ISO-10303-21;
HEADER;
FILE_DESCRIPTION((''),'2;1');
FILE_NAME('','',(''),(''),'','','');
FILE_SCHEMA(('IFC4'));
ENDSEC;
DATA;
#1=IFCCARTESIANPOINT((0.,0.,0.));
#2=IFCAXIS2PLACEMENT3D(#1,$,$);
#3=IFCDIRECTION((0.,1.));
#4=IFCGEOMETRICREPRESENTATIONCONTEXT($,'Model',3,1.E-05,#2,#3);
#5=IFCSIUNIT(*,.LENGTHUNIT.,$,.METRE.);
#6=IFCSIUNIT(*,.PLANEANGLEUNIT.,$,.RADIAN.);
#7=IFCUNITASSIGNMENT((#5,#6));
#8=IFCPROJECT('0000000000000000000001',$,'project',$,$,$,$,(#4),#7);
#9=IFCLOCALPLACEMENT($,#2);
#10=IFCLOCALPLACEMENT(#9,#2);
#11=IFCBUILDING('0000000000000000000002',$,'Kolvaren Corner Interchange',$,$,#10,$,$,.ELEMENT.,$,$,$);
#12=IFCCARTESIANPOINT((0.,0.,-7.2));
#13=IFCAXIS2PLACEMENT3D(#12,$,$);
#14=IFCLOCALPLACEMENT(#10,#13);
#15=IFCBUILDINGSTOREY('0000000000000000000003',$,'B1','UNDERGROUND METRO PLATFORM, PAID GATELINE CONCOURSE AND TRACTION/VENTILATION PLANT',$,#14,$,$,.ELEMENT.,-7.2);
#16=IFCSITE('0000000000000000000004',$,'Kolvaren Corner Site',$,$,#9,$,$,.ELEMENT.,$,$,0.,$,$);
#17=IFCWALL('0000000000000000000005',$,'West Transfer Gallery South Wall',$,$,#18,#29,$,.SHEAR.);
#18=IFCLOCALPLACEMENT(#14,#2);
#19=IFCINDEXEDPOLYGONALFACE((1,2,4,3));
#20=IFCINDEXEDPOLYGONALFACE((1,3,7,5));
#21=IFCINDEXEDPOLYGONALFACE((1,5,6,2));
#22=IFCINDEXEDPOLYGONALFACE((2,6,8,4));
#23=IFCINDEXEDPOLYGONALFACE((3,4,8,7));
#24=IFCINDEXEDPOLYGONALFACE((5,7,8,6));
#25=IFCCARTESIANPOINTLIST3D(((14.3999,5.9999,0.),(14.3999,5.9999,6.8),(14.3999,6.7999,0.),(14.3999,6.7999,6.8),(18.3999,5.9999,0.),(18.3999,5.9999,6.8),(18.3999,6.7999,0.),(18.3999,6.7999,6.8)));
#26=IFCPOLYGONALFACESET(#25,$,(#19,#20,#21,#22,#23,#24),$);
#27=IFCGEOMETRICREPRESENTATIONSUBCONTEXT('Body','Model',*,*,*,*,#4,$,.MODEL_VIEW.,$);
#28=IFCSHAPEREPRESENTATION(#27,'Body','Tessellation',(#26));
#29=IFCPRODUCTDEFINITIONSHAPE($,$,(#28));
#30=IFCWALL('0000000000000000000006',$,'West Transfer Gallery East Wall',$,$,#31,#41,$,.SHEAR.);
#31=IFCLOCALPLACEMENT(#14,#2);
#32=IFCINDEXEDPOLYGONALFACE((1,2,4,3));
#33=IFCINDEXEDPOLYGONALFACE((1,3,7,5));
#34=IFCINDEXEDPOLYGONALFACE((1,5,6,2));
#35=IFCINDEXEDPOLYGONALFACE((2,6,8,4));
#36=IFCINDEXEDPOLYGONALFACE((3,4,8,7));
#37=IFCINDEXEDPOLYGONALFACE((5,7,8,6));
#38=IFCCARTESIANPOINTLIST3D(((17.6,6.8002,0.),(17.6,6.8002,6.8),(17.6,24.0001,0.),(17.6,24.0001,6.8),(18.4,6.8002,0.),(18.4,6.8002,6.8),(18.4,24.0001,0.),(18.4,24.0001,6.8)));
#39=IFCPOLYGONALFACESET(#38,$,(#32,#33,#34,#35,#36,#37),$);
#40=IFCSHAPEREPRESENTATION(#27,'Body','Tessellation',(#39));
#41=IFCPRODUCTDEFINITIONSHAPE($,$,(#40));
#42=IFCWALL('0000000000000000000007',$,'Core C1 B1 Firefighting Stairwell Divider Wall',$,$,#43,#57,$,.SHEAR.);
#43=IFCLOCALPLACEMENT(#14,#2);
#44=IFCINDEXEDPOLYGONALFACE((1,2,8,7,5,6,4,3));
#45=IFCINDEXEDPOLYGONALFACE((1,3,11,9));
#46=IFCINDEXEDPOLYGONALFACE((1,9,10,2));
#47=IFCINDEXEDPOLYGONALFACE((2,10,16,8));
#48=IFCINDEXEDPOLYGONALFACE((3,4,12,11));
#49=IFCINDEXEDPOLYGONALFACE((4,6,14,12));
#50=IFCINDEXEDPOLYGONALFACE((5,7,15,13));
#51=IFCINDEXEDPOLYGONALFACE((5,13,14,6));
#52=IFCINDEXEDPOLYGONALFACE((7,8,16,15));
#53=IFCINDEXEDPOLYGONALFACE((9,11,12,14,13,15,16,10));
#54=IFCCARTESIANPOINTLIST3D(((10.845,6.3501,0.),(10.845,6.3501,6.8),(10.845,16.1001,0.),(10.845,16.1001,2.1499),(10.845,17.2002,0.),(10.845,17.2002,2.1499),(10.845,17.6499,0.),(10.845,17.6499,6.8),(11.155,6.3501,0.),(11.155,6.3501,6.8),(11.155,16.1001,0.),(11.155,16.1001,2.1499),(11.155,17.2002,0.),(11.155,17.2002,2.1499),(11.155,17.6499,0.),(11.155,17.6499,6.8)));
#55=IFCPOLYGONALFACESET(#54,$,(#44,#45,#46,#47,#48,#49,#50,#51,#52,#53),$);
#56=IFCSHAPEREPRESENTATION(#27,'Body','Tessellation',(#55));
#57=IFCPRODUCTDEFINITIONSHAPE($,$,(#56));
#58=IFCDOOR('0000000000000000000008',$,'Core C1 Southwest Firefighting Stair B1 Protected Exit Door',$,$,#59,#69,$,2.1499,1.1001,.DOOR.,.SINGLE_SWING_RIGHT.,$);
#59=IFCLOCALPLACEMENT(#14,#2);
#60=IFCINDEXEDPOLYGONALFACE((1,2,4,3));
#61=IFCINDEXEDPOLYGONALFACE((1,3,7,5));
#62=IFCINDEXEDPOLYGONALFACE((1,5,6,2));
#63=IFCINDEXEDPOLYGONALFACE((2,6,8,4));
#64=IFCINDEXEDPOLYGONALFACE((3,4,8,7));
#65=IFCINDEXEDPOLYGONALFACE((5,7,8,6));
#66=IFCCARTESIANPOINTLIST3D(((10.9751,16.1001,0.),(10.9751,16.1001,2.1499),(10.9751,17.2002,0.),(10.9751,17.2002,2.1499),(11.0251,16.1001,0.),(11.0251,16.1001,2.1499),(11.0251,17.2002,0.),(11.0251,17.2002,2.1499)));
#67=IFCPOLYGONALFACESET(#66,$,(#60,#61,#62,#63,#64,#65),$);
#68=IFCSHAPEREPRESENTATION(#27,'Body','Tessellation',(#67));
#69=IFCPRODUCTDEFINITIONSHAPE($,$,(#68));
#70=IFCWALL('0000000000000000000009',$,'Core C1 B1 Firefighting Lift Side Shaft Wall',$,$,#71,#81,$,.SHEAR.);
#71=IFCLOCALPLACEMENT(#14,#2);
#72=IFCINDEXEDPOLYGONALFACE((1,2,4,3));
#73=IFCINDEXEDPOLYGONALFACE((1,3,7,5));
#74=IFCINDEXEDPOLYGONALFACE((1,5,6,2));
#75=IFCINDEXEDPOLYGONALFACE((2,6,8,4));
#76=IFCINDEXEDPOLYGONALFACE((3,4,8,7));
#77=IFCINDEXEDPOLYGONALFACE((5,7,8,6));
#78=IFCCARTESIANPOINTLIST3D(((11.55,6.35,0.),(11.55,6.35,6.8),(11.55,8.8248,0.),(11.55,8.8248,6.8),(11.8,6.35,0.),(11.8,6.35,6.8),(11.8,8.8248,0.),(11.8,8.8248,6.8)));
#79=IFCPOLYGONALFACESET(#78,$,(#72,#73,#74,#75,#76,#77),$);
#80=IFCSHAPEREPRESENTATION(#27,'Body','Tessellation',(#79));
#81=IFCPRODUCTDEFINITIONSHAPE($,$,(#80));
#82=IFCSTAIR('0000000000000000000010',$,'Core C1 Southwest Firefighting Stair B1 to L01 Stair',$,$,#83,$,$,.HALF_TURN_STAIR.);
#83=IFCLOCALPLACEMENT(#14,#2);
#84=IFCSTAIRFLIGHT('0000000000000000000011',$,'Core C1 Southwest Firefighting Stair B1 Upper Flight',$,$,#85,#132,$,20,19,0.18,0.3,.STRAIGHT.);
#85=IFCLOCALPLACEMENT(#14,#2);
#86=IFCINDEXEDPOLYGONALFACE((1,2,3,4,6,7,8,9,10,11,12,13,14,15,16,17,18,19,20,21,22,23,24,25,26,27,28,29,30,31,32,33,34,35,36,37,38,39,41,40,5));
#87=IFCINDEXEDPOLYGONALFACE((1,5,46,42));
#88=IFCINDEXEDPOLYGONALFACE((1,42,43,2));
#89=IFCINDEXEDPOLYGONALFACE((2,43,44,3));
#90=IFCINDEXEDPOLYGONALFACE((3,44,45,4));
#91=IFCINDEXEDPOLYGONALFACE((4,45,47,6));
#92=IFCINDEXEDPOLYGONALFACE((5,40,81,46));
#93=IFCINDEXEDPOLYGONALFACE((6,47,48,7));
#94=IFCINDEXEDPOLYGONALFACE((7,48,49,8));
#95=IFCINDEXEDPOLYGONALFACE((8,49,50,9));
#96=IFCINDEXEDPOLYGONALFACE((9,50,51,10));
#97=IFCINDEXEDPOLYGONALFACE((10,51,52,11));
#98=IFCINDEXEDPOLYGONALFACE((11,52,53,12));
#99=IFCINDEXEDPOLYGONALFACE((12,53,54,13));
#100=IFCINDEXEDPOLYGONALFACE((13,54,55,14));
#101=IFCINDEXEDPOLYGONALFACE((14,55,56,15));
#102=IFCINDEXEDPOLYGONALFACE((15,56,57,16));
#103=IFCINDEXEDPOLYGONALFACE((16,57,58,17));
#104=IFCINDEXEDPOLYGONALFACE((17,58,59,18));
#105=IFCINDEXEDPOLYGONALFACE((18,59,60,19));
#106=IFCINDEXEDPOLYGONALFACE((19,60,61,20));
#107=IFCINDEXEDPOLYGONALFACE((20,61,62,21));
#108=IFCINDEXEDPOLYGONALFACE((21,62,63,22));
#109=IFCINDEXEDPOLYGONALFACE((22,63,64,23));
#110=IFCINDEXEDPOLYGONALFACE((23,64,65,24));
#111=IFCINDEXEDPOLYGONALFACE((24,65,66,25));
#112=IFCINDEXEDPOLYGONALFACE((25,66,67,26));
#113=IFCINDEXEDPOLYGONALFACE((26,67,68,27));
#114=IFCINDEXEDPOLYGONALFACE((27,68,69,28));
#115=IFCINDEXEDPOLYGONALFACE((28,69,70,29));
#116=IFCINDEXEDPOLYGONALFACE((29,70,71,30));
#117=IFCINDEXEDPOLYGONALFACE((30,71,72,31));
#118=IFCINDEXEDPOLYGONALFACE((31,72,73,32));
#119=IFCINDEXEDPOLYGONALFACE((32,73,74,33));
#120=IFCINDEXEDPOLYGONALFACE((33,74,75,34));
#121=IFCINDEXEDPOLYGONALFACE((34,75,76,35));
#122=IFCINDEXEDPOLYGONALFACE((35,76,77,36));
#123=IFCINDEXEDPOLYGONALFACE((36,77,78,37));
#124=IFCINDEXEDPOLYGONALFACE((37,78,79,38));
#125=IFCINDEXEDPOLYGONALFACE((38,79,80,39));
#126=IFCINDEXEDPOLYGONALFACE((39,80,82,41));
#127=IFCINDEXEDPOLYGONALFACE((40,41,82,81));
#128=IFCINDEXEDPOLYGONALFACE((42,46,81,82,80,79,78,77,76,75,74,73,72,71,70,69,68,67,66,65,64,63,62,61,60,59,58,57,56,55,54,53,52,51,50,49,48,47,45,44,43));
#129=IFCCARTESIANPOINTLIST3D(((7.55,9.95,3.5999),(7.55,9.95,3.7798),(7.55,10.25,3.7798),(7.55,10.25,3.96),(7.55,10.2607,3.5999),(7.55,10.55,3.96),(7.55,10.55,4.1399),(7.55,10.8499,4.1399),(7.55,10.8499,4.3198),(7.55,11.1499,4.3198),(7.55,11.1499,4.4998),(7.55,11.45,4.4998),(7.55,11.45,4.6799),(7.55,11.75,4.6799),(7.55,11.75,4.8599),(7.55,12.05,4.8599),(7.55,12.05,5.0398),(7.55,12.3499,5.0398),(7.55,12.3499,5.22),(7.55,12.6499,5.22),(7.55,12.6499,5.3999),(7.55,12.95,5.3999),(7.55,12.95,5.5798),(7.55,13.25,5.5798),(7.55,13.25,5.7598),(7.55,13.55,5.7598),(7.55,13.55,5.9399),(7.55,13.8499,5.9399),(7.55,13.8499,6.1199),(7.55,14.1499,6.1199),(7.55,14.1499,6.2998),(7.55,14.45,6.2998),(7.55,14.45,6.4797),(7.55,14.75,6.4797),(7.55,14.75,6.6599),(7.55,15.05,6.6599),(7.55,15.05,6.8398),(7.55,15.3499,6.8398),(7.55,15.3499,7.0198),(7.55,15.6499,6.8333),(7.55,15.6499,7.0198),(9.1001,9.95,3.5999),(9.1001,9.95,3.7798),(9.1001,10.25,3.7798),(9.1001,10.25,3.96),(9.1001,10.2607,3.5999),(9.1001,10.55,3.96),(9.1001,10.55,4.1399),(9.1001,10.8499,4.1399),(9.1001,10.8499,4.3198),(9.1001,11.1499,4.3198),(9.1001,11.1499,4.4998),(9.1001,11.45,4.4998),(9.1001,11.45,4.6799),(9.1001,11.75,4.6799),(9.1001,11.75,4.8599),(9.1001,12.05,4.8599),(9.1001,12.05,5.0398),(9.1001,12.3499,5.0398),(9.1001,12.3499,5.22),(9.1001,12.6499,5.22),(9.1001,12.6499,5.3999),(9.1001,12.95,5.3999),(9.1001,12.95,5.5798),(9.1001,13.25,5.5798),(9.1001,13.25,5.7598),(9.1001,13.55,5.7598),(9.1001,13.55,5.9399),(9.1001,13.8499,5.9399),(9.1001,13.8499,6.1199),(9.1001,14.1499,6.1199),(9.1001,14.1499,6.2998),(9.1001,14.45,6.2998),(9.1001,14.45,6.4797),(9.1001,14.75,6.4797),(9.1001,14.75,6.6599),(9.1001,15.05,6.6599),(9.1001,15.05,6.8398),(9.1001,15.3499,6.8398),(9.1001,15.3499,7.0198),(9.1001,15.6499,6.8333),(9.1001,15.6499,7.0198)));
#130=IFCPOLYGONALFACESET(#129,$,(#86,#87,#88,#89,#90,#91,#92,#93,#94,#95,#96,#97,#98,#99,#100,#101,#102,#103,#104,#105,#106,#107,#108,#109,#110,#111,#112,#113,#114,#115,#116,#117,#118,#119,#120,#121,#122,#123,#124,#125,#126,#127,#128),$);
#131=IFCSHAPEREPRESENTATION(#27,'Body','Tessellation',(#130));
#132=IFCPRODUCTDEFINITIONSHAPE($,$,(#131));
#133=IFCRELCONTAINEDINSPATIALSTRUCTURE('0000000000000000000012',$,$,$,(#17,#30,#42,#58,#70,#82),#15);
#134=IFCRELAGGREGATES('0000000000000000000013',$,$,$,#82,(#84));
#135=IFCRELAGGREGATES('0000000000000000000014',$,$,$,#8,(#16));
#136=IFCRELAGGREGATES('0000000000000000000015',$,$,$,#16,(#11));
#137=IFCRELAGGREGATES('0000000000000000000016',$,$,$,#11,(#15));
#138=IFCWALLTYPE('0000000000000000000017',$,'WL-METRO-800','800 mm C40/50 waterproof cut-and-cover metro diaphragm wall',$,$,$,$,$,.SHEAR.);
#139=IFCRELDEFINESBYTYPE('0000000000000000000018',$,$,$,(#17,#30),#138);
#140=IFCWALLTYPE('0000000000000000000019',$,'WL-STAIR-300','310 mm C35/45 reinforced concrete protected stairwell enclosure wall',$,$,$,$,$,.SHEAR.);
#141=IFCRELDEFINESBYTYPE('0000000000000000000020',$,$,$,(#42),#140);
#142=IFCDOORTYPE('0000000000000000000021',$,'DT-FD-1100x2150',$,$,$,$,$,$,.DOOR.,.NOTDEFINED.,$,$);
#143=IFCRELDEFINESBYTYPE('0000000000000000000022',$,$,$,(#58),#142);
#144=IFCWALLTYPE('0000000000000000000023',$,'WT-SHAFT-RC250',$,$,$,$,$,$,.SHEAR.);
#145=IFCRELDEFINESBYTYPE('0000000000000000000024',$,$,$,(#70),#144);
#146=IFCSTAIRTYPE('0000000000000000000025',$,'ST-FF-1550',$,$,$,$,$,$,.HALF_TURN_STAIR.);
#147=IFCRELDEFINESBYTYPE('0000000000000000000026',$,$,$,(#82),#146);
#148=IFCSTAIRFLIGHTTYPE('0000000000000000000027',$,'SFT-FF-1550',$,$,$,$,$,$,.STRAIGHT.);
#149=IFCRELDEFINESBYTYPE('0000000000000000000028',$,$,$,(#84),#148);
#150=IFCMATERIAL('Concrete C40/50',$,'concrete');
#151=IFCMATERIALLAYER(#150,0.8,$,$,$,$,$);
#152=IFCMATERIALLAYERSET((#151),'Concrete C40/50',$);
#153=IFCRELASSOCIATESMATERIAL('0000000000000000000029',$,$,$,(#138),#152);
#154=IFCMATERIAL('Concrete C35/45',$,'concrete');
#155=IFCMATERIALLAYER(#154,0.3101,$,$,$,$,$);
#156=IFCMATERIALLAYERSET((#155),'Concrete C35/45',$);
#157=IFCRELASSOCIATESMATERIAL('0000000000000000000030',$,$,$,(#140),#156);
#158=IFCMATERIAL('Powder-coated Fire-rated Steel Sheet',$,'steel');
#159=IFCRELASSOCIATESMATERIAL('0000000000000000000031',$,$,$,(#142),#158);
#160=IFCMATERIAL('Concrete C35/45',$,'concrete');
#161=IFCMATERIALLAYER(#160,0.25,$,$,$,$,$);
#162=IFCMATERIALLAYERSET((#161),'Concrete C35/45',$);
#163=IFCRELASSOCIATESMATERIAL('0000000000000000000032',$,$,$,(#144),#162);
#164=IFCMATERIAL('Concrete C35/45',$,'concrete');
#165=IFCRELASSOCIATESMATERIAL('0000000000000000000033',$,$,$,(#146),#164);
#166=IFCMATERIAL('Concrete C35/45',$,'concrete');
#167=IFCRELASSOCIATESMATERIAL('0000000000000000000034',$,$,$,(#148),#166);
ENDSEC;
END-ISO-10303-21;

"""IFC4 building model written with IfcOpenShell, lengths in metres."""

from ifc_helpers import new_model, si_unit, direction, frame, frame_2d, origin, place, context, subcontext, project, spatial, polyline, rectangle, outline, extrude, material, layer, layer_set, type_object, element, fill, aggregate, save


model = new_model("IFC4")

# Units and contexts
model_context = context("Model", 3, precision=1e-05, world=origin(), true_north=direction((0.0, 1.0)))
body_context = subcontext(model_context, "Body", "Model", "MODEL_VIEW")
ifc_project = project(units=[si_unit("LENGTHUNIT", "METRE"), si_unit("PLANEANGLEUNIT", "RADIAN")], contexts=[model_context])

# Site, building, storey
site_placement = place(None, origin())
site = spatial("IfcSite", under=ifc_project, at=site_placement, Name="Kolvaren Corner Site", CompositionType="ELEMENT", RefElevation=0.0)
building_placement = place(site_placement, origin())
building = spatial("IfcBuilding", under=site, at=building_placement, Name="Kolvaren Corner Interchange", CompositionType="ELEMENT")
storey_placement = place(building_placement, frame((0.0, 0.0, -7.2)))
storey = spatial("IfcBuildingStorey", under=building, at=storey_placement, Name="B1", Description="UNDERGROUND METRO PLATFORM, PAID GATELINE CONCOURSE AND TRACTION/VENTILATION PLANT", CompositionType="ELEMENT", Elevation=-7.2)

# Walls
ifc_material_1 = material(Name="Concrete C40/50", Category="concrete")
ifc_layer_1 = layer(ifc_material_1, 0.8)
ifc_layer_set_1 = layer_set([ifc_layer_1], Name="Concrete C40/50")
wall_type_1 = type_object("IfcWallType", Name="WL-METRO-800", Description="800 mm C40/50 waterproof cut-and-cover metro diaphragm wall", PredefinedType="SHEAR", material=ifc_layer_set_1)
wall_1_placement = place(storey_placement, frame((14.3999, 6.3999, 0.0), z_axis=(0.0, 0.0, 1.0), x_axis=(1.0, 0.0, 0.0)))
element("IfcWall", 1, at=wall_1_placement, inside=storey, type_object=wall_type_1, Name="West Transfer Gallery South Wall", PredefinedType="SHEAR", context=body_context, shape_type="SweptSolid", body=[
    extrude(rectangle(XDim=4.0, YDim=0.8, at=frame_2d((2.0, 0.0))), origin(), (0.0, 0.0, 1.0), 6.8),
])
wall_2_placement = place(storey_placement, frame((18.0, 6.8, 0.0), z_axis=(0.0, 0.0, 1.0), x_axis=(0.0, 1.0, 0.0)))
element("IfcWall", 2, at=wall_2_placement, inside=storey, type_object=wall_type_1, Name="West Transfer Gallery East Wall", PredefinedType="SHEAR", context=body_context, shape_type="SweptSolid", body=[
    extrude(rectangle(XDim=17.2, YDim=0.8, at=frame_2d((8.6001, 0.0))), origin(), (0.0, 0.0, 1.0), 6.8),
])

# Wall, opening, door
ifc_material_2 = material(Name="Concrete C35/45", Category="concrete")
ifc_layer_2 = layer(ifc_material_2, 0.3101)
ifc_layer_set_2 = layer_set([ifc_layer_2], Name="Concrete C35/45")
wall_type_2 = type_object("IfcWallType", Name="WL-STAIR-300", Description="310 mm C35/45 reinforced concrete protected stairwell enclosure wall", PredefinedType="SHEAR", material=ifc_layer_set_2)
wall_3_placement = place(storey_placement, frame((11.0, 6.3501, 0.0), z_axis=(0.0, 0.0, 1.0), x_axis=(0.0, 1.0, 0.0)))
wall_3 = element("IfcWall", 3, at=wall_3_placement, inside=storey, type_object=wall_type_2, Name="Core C1 B1 Firefighting Stairwell Divider Wall", PredefinedType="SHEAR", context=body_context, shape_type="SweptSolid", body=[
    extrude(rectangle(XDim=11.2998, YDim=0.3101, at=frame_2d((5.6499, 0.0))), origin(), (0.0, 0.0, 1.0), 6.8),
])
opening_1_placement = place(wall_3_placement, frame((9.75, 0.0, 0.0)))
opening_1 = element("IfcOpeningElement", 4, at=opening_1_placement, cuts=wall_3, PredefinedType="OPENING", context=body_context, shape_type="SweptSolid", body=[
    extrude(rectangle(XDim=1.1001, YDim=2.1499, at=frame_2d((0.55, 1.075))), frame((0.0, 0.165, 0.0), z_axis=(0.0, -1.0, 0.0), x_axis=(1.0, 0.0, 0.0)), (0.0, 0.0, 1.0), 0.3301),
])
ifc_material_3 = material(Name="Powder-coated Fire-rated Steel Sheet", Category="steel")
door_type_1 = type_object("IfcDoorType", Name="DT-FD-1100x2150", OperationType="NOTDEFINED", PredefinedType="DOOR", material=ifc_material_3)
door_1_placement = place(opening_1_placement, origin())
door_1 = element("IfcDoor", 5, at=door_1_placement, inside=storey, type_object=door_type_1, Name="Core C1 Southwest Firefighting Stair B1 Protected Exit Door", OperationType="SINGLE_SWING_RIGHT", OverallHeight=2.1499, OverallWidth=1.1001, PredefinedType="DOOR", context=body_context, shape_type="SweptSolid", body=[
    extrude(rectangle(XDim=1.1001, YDim=2.1499, at=frame_2d((0.55, 1.075))), frame((0.0, 0.0249, 0.0), z_axis=(0.0, -1.0, 0.0), x_axis=(1.0, 0.0, 0.0)), (0.0, 0.0, 1.0), 0.05),
])
fill(opening_1, door_1)
ifc_material_4 = material(Name="Concrete C35/45", Category="concrete")
ifc_layer_3 = layer(ifc_material_4, 0.25)
ifc_layer_set_3 = layer_set([ifc_layer_3], Name="Concrete C35/45")
wall_type_3 = type_object("IfcWallType", Name="WT-SHAFT-RC250", PredefinedType="SHEAR", material=ifc_layer_set_3)

# Wall
wall_4_placement = place(storey_placement, frame((11.675, 6.3501, 0.0), z_axis=(0.0, 0.0, 1.0), x_axis=(0.0, 1.0, 0.0)))
element("IfcWall", 6, at=wall_4_placement, inside=storey, type_object=wall_type_3, Name="Core C1 B1 Firefighting Lift Side Shaft Wall", PredefinedType="SHEAR", context=body_context, shape_type="SweptSolid", body=[
    extrude(rectangle(XDim=2.4749, YDim=0.25, at=frame_2d((1.2373, 0.0))), origin(), (0.0, 0.0, 1.0), 6.8),
])

# Stair, stair flight
ifc_material_5 = material(Name="Concrete C35/45", Category="concrete")
stair_type = type_object("IfcStairType", Name="ST-FF-1550", PredefinedType="HALF_TURN_STAIR", material=ifc_material_5)
stair_placement = place(storey_placement, origin())
stair = element("IfcStair", 7, at=stair_placement, inside=storey, type_object=stair_type, Name="Core C1 Southwest Firefighting Stair B1 to L01 Stair", PredefinedType="HALF_TURN_STAIR")
ifc_material_6 = material(Name="Concrete C35/45", Category="concrete")
stair_flight_type = type_object("IfcStairFlightType", Name="SFT-FF-1550", PredefinedType="STRAIGHT", material=ifc_material_6)
stair_flight_placement = place(storey_placement, frame((8.325, 9.95, 3.5999), z_axis=(0.0, 0.0, 1.0), x_axis=(0.0, 1.0, 0.0)))
stair_flight = element("IfcStairFlight", 8, at=stair_flight_placement, type_object=stair_flight_type, Name="Core C1 Southwest Firefighting Stair B1 Upper Flight", NumberOfRisers=20, NumberOfTreads=19, PredefinedType="STRAIGHT", RiserHeight=0.18, TreadLength=0.3, context=body_context, shape_type="SweptSolid", body=[
    extrude(outline(polyline([(0.0, 0.0), (0.0, 0.1799), (0.3, 0.1799), (0.3, 0.3601), (0.6001, 0.3601), (0.6001, 0.54), (0.8999, 0.54), (0.8999, 0.72), (1.2, 0.72), (1.2, 0.8999), (1.5, 0.8999), (1.5, 1.0801), (1.8, 1.0801), (1.8, 1.26), (2.1001, 1.26), (2.1001, 1.4399), (2.3999, 1.4399), (2.3999, 1.6201), (2.7, 1.6201), (2.7, 1.8), (3.0, 1.8), (3.0, 1.98), (3.3, 1.98), (3.3, 2.1599), (3.6001, 2.1599), (3.6001, 2.3401), (3.8999, 2.3401), (3.8999, 2.52), (4.2, 2.52), (4.2, 2.7), (4.5, 2.7), (4.5, 2.8799), (4.8, 2.8799), (4.8, 3.0601), (5.1001, 3.0601), (5.1001, 3.24), (5.3999, 3.24), (5.3999, 3.4199), (5.7, 3.4199), (5.7, 3.6001), (5.7, 3.2334), (0.3108, 0.0), (0.0, 0.0)])), frame((0.0, 0.7749, 0.0), z_axis=(0.0, -1.0, 0.0), x_axis=(1.0, 0.0, 0.0)), (0.0, 0.0, 1.0), 1.55),
])
aggregate(stair, [stair_flight])

save(model, "model.ifc")
